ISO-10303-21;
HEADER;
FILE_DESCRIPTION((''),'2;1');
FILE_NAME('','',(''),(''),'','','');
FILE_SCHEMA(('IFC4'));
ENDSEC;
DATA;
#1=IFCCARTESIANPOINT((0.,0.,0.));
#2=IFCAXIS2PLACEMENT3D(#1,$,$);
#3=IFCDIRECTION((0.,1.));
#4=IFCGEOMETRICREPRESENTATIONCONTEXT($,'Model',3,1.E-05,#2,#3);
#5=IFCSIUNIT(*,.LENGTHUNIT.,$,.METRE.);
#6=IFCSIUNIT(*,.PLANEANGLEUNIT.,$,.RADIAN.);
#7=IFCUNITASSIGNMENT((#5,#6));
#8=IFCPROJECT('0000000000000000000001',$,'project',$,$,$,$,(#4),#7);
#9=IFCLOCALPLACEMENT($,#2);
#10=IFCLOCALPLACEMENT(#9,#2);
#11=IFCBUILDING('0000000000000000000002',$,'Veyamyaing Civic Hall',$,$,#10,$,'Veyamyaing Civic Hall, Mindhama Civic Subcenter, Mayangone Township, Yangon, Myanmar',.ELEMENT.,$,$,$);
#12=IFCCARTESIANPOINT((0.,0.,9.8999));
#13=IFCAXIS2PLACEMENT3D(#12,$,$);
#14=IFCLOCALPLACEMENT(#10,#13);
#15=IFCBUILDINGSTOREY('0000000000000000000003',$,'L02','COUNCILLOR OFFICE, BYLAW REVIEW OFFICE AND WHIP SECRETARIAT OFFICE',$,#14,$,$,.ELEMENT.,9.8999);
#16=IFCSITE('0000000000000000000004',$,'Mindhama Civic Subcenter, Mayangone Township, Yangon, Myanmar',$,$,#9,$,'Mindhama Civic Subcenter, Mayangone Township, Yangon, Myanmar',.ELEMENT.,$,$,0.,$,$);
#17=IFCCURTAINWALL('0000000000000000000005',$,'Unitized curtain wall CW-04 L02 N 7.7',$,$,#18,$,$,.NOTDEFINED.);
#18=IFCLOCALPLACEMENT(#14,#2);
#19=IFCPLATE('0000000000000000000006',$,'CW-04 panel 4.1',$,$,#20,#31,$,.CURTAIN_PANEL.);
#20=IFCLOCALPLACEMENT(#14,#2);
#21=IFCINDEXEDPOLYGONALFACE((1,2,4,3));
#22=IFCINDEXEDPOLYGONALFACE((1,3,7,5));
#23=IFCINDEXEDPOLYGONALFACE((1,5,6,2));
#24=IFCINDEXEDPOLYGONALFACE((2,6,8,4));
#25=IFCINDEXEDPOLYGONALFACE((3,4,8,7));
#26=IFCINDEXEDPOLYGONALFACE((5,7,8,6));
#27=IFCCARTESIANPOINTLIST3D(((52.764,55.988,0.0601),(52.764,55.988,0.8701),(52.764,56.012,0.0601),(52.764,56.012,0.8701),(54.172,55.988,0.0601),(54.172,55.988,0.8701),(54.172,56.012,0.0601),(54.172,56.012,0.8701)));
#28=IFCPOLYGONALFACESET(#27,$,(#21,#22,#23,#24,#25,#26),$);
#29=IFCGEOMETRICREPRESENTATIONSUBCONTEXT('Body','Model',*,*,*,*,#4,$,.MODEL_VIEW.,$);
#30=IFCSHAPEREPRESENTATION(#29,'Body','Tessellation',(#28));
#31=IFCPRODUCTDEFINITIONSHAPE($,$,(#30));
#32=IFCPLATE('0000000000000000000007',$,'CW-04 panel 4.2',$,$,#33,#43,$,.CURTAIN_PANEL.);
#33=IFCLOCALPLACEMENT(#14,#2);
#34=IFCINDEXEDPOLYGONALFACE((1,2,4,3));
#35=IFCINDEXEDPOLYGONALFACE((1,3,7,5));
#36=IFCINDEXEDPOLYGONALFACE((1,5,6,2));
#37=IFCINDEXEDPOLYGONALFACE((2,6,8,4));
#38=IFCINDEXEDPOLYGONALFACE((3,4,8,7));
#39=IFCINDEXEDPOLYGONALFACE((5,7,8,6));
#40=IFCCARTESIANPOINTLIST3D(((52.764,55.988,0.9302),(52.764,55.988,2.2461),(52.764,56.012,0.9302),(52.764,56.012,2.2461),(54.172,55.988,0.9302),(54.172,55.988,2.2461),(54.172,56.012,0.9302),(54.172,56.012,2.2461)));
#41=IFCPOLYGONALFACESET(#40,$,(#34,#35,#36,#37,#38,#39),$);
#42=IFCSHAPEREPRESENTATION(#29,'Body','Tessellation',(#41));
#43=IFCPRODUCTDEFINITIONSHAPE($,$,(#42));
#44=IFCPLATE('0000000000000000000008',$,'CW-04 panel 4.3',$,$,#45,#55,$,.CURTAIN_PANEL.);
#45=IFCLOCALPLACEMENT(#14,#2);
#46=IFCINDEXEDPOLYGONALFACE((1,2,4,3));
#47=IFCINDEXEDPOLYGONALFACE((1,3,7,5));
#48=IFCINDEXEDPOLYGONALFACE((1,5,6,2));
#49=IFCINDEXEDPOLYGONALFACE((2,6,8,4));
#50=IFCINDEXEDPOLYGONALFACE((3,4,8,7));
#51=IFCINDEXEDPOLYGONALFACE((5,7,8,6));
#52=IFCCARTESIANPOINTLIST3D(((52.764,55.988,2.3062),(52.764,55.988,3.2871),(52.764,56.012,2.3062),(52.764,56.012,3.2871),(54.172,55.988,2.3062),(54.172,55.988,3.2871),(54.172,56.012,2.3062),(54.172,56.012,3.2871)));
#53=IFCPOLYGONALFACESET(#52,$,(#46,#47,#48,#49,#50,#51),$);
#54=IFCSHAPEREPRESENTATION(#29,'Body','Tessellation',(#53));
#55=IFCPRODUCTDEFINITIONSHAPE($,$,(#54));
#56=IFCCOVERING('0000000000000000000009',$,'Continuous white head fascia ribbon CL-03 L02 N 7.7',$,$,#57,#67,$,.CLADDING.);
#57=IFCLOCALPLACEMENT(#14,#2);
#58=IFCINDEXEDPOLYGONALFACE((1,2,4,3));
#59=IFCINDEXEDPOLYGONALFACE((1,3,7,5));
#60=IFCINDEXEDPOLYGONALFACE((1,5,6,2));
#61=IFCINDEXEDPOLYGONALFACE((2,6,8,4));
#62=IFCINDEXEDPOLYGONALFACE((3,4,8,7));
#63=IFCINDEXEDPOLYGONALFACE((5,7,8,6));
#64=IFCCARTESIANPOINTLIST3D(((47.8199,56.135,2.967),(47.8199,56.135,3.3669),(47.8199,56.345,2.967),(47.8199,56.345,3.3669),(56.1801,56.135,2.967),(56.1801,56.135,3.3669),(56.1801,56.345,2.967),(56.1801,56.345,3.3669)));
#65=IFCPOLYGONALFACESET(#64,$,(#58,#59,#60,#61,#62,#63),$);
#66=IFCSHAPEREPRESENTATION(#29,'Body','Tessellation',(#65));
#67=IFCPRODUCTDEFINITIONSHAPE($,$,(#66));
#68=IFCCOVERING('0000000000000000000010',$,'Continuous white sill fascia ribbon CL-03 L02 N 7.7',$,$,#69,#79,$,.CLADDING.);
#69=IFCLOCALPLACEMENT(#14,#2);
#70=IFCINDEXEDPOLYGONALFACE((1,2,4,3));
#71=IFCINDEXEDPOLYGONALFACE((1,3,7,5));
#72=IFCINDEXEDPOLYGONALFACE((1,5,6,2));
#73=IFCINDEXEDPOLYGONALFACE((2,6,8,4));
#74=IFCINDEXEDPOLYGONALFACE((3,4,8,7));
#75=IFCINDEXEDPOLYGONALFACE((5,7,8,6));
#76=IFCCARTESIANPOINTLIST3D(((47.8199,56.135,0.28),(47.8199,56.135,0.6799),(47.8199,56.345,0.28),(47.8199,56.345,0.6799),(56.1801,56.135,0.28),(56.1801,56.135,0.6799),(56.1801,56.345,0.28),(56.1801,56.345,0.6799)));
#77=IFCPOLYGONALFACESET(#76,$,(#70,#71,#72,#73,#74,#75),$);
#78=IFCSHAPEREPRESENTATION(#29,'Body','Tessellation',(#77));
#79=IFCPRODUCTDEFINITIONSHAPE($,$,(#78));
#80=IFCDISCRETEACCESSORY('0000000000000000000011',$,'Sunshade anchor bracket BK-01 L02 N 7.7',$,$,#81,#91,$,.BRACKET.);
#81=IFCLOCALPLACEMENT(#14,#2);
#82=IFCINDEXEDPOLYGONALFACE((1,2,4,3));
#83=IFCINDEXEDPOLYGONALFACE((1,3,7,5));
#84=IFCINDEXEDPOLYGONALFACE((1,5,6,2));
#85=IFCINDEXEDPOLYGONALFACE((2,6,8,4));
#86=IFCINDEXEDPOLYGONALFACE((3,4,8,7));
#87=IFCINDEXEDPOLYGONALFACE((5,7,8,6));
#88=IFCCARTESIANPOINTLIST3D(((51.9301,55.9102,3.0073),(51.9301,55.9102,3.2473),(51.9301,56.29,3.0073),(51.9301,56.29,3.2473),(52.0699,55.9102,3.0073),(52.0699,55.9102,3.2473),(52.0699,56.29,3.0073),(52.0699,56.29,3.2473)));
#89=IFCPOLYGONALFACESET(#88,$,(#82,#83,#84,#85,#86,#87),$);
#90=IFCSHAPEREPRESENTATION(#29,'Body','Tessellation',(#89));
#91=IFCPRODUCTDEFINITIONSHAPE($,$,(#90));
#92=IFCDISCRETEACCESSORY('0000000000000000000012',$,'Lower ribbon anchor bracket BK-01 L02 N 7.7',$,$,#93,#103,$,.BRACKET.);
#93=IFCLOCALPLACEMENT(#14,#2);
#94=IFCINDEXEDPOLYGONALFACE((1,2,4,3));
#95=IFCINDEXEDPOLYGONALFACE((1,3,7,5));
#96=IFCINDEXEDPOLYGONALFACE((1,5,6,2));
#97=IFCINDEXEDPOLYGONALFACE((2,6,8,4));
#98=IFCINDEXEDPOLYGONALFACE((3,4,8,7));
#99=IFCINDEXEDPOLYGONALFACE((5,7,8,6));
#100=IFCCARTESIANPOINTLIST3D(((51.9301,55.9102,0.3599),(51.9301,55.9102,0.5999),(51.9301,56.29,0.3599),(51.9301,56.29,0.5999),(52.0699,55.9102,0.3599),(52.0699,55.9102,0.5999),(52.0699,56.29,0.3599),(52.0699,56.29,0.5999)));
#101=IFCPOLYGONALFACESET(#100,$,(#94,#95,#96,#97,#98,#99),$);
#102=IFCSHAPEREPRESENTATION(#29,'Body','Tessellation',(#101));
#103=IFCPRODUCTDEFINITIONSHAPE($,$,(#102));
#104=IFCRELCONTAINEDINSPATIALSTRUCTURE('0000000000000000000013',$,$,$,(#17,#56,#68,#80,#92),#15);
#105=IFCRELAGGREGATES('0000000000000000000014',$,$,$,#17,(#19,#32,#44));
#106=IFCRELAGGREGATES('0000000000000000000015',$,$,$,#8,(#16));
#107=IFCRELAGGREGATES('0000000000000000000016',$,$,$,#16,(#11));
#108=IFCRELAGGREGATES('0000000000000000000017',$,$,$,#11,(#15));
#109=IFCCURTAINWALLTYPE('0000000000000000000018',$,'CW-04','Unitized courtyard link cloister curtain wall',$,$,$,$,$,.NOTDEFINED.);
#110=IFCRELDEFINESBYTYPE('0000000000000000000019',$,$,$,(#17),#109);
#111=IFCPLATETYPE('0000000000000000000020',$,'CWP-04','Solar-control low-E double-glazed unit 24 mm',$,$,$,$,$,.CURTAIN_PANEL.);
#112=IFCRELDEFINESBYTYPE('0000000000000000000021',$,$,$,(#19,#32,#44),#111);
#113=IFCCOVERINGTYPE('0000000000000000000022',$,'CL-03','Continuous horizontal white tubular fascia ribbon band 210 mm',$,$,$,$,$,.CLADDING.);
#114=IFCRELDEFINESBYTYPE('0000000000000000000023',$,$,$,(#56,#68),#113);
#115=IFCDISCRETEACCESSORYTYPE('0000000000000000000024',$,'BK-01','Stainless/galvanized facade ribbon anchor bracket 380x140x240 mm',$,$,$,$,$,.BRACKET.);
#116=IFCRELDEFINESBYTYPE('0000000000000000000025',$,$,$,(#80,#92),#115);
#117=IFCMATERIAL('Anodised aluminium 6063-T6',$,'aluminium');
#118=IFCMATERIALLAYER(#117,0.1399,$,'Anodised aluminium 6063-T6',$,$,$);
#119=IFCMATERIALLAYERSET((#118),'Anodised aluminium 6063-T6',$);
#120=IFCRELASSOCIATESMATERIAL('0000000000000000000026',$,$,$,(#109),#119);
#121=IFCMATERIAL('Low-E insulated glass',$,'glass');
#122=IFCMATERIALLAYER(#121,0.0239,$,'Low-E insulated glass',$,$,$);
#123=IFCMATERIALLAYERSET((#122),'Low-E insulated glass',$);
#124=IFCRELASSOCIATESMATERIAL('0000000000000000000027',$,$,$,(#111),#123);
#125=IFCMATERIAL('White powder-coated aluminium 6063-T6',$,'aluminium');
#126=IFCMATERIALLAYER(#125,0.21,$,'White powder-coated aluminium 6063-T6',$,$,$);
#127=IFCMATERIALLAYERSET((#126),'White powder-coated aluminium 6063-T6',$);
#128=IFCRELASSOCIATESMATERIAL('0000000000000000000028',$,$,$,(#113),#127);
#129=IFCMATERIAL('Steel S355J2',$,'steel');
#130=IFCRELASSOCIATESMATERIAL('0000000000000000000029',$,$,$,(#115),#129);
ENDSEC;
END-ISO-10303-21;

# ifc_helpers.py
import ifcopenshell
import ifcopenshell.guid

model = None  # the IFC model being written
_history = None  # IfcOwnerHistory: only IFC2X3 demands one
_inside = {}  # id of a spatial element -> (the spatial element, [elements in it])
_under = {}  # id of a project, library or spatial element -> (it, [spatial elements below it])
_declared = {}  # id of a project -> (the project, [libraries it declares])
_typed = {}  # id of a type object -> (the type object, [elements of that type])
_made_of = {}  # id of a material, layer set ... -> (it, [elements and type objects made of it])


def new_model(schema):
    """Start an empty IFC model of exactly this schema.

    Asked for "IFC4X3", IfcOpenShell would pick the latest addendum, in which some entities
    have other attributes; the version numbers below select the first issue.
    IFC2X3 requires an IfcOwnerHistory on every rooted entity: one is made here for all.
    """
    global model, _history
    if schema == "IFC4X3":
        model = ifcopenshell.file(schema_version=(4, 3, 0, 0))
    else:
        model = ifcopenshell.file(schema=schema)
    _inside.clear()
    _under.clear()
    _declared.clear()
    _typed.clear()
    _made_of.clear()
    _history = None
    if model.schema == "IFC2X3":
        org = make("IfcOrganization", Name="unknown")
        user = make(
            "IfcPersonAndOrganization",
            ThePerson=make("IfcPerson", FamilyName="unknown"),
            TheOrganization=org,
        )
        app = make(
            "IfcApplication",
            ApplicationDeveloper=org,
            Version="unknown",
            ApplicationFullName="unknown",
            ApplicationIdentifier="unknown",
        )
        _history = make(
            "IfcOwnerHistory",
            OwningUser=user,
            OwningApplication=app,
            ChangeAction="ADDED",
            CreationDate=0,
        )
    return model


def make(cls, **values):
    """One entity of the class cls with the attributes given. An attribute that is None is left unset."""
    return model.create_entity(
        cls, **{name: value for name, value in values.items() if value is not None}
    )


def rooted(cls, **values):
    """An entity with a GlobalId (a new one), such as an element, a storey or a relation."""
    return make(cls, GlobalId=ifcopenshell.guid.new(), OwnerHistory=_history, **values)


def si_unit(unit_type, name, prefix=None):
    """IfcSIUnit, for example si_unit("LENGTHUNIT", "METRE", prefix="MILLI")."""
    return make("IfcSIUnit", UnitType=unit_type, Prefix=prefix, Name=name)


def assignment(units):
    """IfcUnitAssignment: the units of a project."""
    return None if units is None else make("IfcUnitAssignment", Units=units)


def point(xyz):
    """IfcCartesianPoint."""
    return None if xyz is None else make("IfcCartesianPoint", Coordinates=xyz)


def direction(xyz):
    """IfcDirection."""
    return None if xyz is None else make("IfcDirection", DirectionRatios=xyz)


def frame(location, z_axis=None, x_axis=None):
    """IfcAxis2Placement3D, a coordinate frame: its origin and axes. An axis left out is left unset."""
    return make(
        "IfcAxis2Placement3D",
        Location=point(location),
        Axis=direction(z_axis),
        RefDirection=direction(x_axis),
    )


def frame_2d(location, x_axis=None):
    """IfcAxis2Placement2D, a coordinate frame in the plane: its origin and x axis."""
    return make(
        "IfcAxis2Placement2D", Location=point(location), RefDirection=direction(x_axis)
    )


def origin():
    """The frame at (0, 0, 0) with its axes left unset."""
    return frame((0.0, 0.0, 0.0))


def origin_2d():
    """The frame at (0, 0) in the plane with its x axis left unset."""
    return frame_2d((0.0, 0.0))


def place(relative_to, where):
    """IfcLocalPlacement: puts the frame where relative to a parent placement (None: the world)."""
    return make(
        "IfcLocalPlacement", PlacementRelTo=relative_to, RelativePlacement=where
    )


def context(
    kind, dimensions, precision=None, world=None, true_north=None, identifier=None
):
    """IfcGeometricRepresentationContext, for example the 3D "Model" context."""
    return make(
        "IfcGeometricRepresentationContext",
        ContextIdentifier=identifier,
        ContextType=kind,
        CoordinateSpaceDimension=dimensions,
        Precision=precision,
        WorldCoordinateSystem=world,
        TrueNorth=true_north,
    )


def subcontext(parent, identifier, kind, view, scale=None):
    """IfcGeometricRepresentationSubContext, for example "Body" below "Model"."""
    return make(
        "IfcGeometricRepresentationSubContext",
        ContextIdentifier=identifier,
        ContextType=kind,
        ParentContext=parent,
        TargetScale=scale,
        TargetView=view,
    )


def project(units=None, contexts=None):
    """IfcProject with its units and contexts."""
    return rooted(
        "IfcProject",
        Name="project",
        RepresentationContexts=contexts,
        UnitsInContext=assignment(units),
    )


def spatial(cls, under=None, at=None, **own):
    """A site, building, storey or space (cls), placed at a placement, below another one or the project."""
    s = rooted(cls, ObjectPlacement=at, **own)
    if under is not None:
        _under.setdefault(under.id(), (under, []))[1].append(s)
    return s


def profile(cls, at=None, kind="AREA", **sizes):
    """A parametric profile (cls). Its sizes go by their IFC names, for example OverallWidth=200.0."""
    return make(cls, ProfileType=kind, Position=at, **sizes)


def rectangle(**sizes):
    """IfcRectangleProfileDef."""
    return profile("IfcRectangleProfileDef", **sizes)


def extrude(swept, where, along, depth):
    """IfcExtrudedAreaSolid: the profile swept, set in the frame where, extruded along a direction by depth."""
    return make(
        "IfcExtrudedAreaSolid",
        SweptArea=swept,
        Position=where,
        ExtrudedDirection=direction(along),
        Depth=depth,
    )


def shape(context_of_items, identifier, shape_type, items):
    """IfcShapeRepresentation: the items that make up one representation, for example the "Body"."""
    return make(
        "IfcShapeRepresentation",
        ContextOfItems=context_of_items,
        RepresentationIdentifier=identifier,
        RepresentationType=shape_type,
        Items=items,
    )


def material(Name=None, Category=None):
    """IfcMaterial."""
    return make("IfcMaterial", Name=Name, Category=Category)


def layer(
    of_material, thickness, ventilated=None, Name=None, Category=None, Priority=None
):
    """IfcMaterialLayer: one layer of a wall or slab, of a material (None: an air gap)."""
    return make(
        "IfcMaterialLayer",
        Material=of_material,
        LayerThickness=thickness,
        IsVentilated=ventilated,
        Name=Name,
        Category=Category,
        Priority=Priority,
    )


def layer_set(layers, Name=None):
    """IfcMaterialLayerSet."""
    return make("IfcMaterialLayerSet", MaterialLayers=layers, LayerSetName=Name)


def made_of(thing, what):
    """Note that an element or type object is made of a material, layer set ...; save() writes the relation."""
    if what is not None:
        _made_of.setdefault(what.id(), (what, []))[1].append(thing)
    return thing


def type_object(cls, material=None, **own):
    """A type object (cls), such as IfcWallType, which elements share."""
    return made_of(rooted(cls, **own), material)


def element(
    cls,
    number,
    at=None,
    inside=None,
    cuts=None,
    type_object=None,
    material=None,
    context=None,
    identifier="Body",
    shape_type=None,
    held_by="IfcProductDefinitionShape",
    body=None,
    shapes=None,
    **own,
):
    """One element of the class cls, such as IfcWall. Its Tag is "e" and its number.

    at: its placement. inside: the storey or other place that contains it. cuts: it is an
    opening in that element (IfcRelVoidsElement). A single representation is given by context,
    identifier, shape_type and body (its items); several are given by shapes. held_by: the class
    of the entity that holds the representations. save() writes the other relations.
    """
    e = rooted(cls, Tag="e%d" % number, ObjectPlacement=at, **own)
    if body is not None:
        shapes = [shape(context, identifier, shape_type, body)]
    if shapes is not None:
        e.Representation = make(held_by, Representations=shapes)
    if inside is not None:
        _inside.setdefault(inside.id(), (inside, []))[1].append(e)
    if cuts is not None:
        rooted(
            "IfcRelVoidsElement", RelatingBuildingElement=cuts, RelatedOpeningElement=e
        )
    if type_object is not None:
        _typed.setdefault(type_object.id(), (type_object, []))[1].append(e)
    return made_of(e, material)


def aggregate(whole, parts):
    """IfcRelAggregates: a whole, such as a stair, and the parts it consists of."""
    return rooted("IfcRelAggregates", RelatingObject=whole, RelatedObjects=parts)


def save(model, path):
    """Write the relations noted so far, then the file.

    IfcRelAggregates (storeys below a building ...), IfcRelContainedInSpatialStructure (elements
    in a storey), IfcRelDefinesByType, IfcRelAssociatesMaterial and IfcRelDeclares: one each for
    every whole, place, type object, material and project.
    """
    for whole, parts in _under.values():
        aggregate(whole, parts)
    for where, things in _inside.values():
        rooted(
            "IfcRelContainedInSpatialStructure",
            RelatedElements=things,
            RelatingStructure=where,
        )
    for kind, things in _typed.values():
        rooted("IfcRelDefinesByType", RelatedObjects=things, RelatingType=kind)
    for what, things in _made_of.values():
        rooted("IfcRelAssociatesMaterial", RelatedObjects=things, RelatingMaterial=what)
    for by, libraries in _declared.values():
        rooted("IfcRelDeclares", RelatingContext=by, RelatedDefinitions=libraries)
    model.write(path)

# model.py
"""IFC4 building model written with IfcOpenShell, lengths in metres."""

from ifc_helpers import new_model, si_unit, direction, frame, origin, origin_2d, place, context, subcontext, project, spatial, rectangle, extrude, material, layer, layer_set, type_object, element, aggregate, save


model = new_model("IFC4")

# Units and contexts
model_context = context("Model", 3, precision=1e-05, world=origin(), true_north=direction((0.0, 1.0)))
body_context = subcontext(model_context, "Body", "Model", "MODEL_VIEW")
ifc_project = project(units=[si_unit("LENGTHUNIT", "METRE"), si_unit("PLANEANGLEUNIT", "RADIAN")], contexts=[model_context])

# Site, building, storey
site_placement = place(None, origin())
site = spatial("IfcSite", under=ifc_project, at=site_placement, Name="Mindhama Civic Subcenter, Mayangone Township, Yangon, Myanmar", LongName="Mindhama Civic Subcenter, Mayangone Township, Yangon, Myanmar", CompositionType="ELEMENT", RefElevation=0.0)
building_placement = place(site_placement, origin())
building = spatial("IfcBuilding", under=site, at=building_placement, Name="Veyamyaing Civic Hall", LongName="Veyamyaing Civic Hall, Mindhama Civic Subcenter, Mayangone Township, Yangon, Myanmar", CompositionType="ELEMENT")
storey_placement = place(building_placement, frame((0.0, 0.0, 9.8999)))
storey = spatial("IfcBuildingStorey", under=building, at=storey_placement, Name="L02", Description="COUNCILLOR OFFICE, BYLAW REVIEW OFFICE AND WHIP SECRETARIAT OFFICE", CompositionType="ELEMENT", Elevation=9.8999)

# Curtain wall, plates
ifc_material_1 = material(Name="Anodised aluminium 6063-T6", Category="aluminium")
ifc_layer_1 = layer(ifc_material_1, 0.1399, Name="Anodised aluminium 6063-T6")
ifc_layer_set_1 = layer_set([ifc_layer_1], Name="Anodised aluminium 6063-T6")
curtain_wall_type = type_object("IfcCurtainWallType", Name="CW-04", Description="Unitized courtyard link cloister curtain wall", PredefinedType="NOTDEFINED", material=ifc_layer_set_1)
curtain_wall_placement = place(storey_placement, origin())
curtain_wall = element("IfcCurtainWall", 1, at=curtain_wall_placement, inside=storey, type_object=curtain_wall_type, Name="Unitized curtain wall CW-04 L02 N 7.7", PredefinedType="NOTDEFINED")
ifc_material_2 = material(Name="Low-E insulated glass", Category="glass")
ifc_layer_2 = layer(ifc_material_2, 0.0239, Name="Low-E insulated glass")
ifc_layer_set_2 = layer_set([ifc_layer_2], Name="Low-E insulated glass")
plate_type = type_object("IfcPlateType", Name="CWP-04", Description="Solar-control low-E double-glazed unit 24 mm", PredefinedType="CURTAIN_PANEL", material=ifc_layer_set_2)
plate_1_placement = place(storey_placement, frame((53.468, 56.0, 0.0601), z_axis=(0.0, 0.0, 1.0), x_axis=(1.0, 0.0, 0.0)))
plate_1 = element("IfcPlate", 2, at=plate_1_placement, type_object=plate_type, Name="CW-04 panel 4.1", PredefinedType="CURTAIN_PANEL", context=body_context, shape_type="SweptSolid", body=[
    extrude(rectangle(XDim=1.408, YDim=0.0239, at=origin_2d()), origin(), (0.0, 0.0, 1.0), 0.8101),
])
plate_2_placement = place(storey_placement, frame((53.468, 56.0, 0.9302), z_axis=(0.0, 0.0, 1.0), x_axis=(1.0, 0.0, 0.0)))
plate_2 = element("IfcPlate", 3, at=plate_2_placement, type_object=plate_type, Name="CW-04 panel 4.2", PredefinedType="CURTAIN_PANEL", context=body_context, shape_type="SweptSolid", body=[
    extrude(rectangle(XDim=1.408, YDim=0.0239, at=origin_2d()), origin(), (0.0, 0.0, 1.0), 1.3159),
])
plate_3_placement = place(storey_placement, frame((53.468, 56.0, 2.3062), z_axis=(0.0, 0.0, 1.0), x_axis=(1.0, 0.0, 0.0)))
plate_3 = element("IfcPlate", 4, at=plate_3_placement, type_object=plate_type, Name="CW-04 panel 4.3", PredefinedType="CURTAIN_PANEL", context=body_context, shape_type="SweptSolid", body=[
    extrude(rectangle(XDim=1.408, YDim=0.0239, at=origin_2d()), origin(), (0.0, 0.0, 1.0), 0.981),
])
aggregate(curtain_wall, [plate_1, plate_2, plate_3])

# Coverings
ifc_material_3 = material(Name="White powder-coated aluminium 6063-T6", Category="aluminium")
ifc_layer_3 = layer(ifc_material_3, 0.21, Name="White powder-coated aluminium 6063-T6")
ifc_layer_set_3 = layer_set([ifc_layer_3], Name="White powder-coated aluminium 6063-T6")
covering_type = type_object("IfcCoveringType", Name="CL-03", Description="Continuous horizontal white tubular fascia ribbon band 210 mm", PredefinedType="CLADDING", material=ifc_layer_set_3)
for number, where, z_axis, x_axis, name in (
    (5, (52.0, 56.24, 2.967), (0.0, 0.0, 1.0), (1.0, 0.0, 0.0), "Continuous white head fascia ribbon CL-03 L02 N 7.7"),
    (6, (52.0, 56.24, 0.28), (0.0, 0.0, 1.0), (1.0, 0.0, 0.0), "Continuous white sill fascia ribbon CL-03 L02 N 7.7"),
):
    element("IfcCovering", number, at=place(storey_placement, frame(where, z_axis=z_axis, x_axis=x_axis)), inside=storey, type_object=covering_type, Name=name, PredefinedType="CLADDING", context=body_context, shape_type="SweptSolid", body=[
        extrude(rectangle(XDim=8.3601, YDim=0.21, at=origin_2d()), origin(), (0.0, 0.0, 1.0), 0.3999),
    ])

# Discrete accessories
ifc_material_4 = material(Name="Steel S355J2", Category="steel")
discrete_accessory_type = type_object("IfcDiscreteAccessoryType", Name="BK-01", Description="Stainless/galvanized facade ribbon anchor bracket 380x140x240 mm", PredefinedType="BRACKET", material=ifc_material_4)
for number, where, z_axis, x_axis, name in (
    (7, (52.0, 56.1001, 3.0073), (0.0, 0.0, 1.0), (0.0, 1.0, 0.0), "Sunshade anchor bracket BK-01 L02 N 7.7"),
    (8, (52.0, 56.1001, 0.3599), (0.0, 0.0, 1.0), (0.0, 1.0, 0.0), "Lower ribbon anchor bracket BK-01 L02 N 7.7"),
):
    element("IfcDiscreteAccessory", number, at=place(storey_placement, frame(where, z_axis=z_axis, x_axis=x_axis)), inside=storey, type_object=discrete_accessory_type, Name=name, PredefinedType="BRACKET", context=body_context, shape_type="SweptSolid", body=[
        extrude(rectangle(XDim=0.3799, YDim=0.1399, at=origin_2d()), origin(), (0.0, 0.0, 1.0), 0.24),
    ])

save(model, "model.ifc")
